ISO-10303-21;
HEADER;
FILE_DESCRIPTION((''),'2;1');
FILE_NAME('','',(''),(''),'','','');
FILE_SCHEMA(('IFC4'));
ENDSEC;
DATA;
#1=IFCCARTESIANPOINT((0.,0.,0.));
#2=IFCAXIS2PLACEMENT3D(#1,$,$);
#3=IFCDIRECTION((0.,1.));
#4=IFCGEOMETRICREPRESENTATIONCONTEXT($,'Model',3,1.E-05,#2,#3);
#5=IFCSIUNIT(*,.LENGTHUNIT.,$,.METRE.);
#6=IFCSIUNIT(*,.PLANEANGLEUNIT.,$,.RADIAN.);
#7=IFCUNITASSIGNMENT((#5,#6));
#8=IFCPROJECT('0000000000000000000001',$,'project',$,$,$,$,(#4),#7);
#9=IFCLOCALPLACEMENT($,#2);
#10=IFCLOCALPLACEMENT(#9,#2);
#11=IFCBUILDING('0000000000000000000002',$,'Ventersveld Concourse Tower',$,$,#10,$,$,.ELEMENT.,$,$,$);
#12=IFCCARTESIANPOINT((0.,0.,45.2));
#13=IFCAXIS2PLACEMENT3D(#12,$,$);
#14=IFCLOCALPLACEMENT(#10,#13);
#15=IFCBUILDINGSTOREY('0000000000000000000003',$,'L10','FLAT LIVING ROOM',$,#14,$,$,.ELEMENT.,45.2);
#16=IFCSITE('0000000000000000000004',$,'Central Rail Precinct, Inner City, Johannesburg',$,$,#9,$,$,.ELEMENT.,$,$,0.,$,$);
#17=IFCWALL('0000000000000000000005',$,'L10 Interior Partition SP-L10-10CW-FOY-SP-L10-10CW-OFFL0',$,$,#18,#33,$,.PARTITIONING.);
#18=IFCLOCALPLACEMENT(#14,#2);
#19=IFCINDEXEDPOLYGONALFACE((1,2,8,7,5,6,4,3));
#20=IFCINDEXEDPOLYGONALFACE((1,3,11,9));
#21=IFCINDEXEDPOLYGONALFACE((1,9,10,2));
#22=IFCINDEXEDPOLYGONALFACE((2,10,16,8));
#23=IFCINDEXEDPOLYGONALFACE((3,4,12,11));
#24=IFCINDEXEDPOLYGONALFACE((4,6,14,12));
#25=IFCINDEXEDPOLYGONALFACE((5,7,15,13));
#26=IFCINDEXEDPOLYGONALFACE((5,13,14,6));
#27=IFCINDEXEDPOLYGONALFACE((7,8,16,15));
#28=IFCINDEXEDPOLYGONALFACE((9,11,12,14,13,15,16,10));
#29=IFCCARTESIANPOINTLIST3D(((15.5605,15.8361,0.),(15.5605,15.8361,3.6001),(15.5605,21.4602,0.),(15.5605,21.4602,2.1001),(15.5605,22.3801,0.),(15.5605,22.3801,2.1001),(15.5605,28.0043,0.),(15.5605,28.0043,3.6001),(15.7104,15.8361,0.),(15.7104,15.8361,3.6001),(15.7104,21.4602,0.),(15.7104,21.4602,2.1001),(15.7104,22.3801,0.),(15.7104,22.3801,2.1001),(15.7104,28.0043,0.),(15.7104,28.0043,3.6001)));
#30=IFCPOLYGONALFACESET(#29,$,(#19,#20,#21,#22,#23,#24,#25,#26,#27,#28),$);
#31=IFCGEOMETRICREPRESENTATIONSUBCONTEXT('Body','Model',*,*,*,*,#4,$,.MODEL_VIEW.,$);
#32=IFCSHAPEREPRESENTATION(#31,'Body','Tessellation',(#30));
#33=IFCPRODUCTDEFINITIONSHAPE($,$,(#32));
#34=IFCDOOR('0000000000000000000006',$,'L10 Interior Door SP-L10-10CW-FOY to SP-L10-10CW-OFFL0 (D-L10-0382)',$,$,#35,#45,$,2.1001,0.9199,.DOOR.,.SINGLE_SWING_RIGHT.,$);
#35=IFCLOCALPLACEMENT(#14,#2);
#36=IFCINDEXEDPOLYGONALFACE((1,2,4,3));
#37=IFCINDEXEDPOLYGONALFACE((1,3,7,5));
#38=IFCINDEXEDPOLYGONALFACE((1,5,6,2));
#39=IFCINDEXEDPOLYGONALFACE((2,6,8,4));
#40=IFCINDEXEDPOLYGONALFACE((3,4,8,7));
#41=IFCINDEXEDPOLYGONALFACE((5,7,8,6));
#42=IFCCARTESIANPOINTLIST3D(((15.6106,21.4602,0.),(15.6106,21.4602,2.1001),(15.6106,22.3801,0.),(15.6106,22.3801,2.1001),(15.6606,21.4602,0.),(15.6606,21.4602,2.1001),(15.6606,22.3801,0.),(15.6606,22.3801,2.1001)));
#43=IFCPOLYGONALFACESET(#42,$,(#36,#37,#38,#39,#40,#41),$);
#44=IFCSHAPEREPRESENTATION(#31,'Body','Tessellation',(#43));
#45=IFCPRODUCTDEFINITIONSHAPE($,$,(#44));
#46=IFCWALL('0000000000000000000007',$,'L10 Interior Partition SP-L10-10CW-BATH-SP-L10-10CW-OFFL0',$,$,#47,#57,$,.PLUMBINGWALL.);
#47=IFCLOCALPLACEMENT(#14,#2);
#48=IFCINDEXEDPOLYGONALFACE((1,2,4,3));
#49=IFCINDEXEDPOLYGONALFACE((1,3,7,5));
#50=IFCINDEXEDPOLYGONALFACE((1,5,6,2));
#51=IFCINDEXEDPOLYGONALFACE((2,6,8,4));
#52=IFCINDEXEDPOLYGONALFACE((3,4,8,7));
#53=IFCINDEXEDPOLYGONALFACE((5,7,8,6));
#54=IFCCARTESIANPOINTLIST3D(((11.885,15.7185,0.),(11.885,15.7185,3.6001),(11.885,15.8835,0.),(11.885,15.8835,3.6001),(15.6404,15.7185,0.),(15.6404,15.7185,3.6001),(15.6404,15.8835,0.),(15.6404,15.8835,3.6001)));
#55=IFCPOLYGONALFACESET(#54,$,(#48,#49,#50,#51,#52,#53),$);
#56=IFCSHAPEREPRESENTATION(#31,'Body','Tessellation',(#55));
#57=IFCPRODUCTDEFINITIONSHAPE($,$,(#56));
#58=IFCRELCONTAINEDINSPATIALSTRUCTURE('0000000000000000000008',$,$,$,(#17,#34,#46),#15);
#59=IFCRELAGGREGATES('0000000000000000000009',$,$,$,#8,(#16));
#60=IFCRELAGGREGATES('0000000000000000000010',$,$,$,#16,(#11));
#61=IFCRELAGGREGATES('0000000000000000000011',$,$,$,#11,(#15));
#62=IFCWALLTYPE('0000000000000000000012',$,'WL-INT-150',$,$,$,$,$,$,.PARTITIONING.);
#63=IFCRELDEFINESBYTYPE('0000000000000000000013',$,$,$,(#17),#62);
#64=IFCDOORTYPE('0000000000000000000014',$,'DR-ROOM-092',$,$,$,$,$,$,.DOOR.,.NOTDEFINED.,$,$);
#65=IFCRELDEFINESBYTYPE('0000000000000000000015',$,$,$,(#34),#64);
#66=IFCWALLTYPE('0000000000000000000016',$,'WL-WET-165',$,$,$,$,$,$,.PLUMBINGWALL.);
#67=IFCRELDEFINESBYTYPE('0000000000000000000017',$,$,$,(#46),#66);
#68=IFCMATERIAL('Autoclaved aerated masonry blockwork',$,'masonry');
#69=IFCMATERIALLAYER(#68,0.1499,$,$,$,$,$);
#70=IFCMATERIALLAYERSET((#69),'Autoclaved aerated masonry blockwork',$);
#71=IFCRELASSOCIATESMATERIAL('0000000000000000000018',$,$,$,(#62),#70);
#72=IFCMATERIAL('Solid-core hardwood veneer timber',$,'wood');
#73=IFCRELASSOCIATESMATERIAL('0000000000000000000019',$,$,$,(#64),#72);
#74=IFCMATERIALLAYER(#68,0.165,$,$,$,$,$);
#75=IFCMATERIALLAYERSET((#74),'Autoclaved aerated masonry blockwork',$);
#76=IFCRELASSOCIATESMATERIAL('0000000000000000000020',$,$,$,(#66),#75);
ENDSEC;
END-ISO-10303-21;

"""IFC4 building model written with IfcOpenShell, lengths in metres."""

from ifc_helpers import new_model, si_unit, direction, frame, frame_2d, origin, place, context, subcontext, project, spatial, rectangle, extrude, material, layer, layer_set, type_object, element, fill, save


model = new_model("IFC4")

# Units and contexts
model_context = context("Model", 3, precision=1e-05, world=origin(), true_north=direction((0.0, 1.0)))
body_context = subcontext(model_context, "Body", "Model", "MODEL_VIEW")
ifc_project = project(units=[si_unit("LENGTHUNIT", "METRE"), si_unit("PLANEANGLEUNIT", "RADIAN")], contexts=[model_context])

# Site, building, storey
site_placement = place(None, origin())
site = spatial("IfcSite", under=ifc_project, at=site_placement, Name="Central Rail Precinct, Inner City, Johannesburg", CompositionType="ELEMENT", RefElevation=0.0)
building_placement = place(site_placement, origin())
building = spatial("IfcBuilding", under=site, at=building_placement, Name="Ventersveld Concourse Tower", CompositionType="ELEMENT")
storey_placement = place(building_placement, frame((0.0, 0.0, 45.2)))
storey = spatial("IfcBuildingStorey", under=building, at=storey_placement, Name="L10", Description="FLAT LIVING ROOM", CompositionType="ELEMENT", Elevation=45.2)

# Wall, opening, door
ifc_material_1 = material(Name="Autoclaved aerated masonry blockwork", Category="masonry")
ifc_layer_1 = layer(ifc_material_1, 0.1499)
ifc_layer_set_1 = layer_set([ifc_layer_1], Name="Autoclaved aerated masonry blockwork")
wall_type_1 = type_object("IfcWallType", Name="WL-INT-150", PredefinedType="PARTITIONING", material=ifc_layer_set_1)
ifc_material_2 = material(Name="Solid-core hardwood veneer timber", Category="wood")
door_type = type_object("IfcDoorType", Name="DR-ROOM-092", OperationType="NOTDEFINED", PredefinedType="DOOR", material=ifc_material_2)
wall_1_placement = place(storey_placement, frame((15.6355, 15.8362, 0.0), z_axis=(0.0, 0.0, 1.0), x_axis=(0.0, 1.0, 0.0)))
wall_1 = element("IfcWall", 1, at=wall_1_placement, inside=storey, type_object=wall_type_1, Name="L10 Interior Partition SP-L10-10CW-FOY-SP-L10-10CW-OFFL0", PredefinedType="PARTITIONING", context=body_context, shape_type="SweptSolid", body=[
    extrude(rectangle(XDim=12.1682, YDim=0.1499, at=frame_2d((6.084, 0.0))), origin(), (0.0, 0.0, 1.0), 3.6001),
])
opening_1_placement = place(wall_1_placement, frame((5.624, 0.0, 0.0)))
opening_1 = element("IfcOpeningElement", 2, at=opening_1_placement, cuts=wall_1, PredefinedType="OPENING", context=body_context, shape_type="SweptSolid", body=[
    extrude(rectangle(XDim=0.9199, YDim=2.1001, at=frame_2d((0.46, 1.05))), frame((0.0, 0.085, 0.0), z_axis=(0.0, -1.0, 0.0), x_axis=(1.0, 0.0, 0.0)), (0.0, 0.0, 1.0), 0.1699),
])
door_1_placement = place(opening_1_placement, origin())
door_1 = element("IfcDoor", 3, at=door_1_placement, inside=storey, type_object=door_type, Name="L10 Interior Door SP-L10-10CW-FOY to SP-L10-10CW-OFFL0 (D-L10-0382)", OperationType="SINGLE_SWING_RIGHT", OverallHeight=2.1001, OverallWidth=0.9199, PredefinedType="DOOR", context=body_context, shape_type="SweptSolid", body=[
    extrude(rectangle(XDim=0.9199, YDim=2.1001, at=frame_2d((0.46, 1.05))), frame((0.0, 0.0249, 0.0), z_axis=(0.0, -1.0, 0.0), x_axis=(1.0, 0.0, 0.0)), (0.0, 0.0, 1.0), 0.05),
])
fill(opening_1, door_1)

# Wall
ifc_layer_2 = layer(ifc_material_1, 0.165)
ifc_layer_set_2 = layer_set([ifc_layer_2], Name="Autoclaved aerated masonry blockwork")
wall_type_2 = type_object("IfcWallType", Name="WL-WET-165", PredefinedType="PLUMBINGWALL", material=ifc_layer_set_2)
wall_2_placement = place(storey_placement, frame((11.885, 15.801, 0.0), z_axis=(0.0, 0.0, 1.0), x_axis=(1.0, 0.0, 0.0)))
element("IfcWall", 4, at=wall_2_placement, inside=storey, type_object=wall_type_2, Name="L10 Interior Partition SP-L10-10CW-BATH-SP-L10-10CW-OFFL0", PredefinedType="PLUMBINGWALL", context=body_context, shape_type="SweptSolid", body=[
    extrude(rectangle(XDim=3.7554, YDim=0.165, at=frame_2d((1.8777, 0.0))), origin(), (0.0, 0.0, 1.0), 3.6001),
])

save(model, "model.ifc")
